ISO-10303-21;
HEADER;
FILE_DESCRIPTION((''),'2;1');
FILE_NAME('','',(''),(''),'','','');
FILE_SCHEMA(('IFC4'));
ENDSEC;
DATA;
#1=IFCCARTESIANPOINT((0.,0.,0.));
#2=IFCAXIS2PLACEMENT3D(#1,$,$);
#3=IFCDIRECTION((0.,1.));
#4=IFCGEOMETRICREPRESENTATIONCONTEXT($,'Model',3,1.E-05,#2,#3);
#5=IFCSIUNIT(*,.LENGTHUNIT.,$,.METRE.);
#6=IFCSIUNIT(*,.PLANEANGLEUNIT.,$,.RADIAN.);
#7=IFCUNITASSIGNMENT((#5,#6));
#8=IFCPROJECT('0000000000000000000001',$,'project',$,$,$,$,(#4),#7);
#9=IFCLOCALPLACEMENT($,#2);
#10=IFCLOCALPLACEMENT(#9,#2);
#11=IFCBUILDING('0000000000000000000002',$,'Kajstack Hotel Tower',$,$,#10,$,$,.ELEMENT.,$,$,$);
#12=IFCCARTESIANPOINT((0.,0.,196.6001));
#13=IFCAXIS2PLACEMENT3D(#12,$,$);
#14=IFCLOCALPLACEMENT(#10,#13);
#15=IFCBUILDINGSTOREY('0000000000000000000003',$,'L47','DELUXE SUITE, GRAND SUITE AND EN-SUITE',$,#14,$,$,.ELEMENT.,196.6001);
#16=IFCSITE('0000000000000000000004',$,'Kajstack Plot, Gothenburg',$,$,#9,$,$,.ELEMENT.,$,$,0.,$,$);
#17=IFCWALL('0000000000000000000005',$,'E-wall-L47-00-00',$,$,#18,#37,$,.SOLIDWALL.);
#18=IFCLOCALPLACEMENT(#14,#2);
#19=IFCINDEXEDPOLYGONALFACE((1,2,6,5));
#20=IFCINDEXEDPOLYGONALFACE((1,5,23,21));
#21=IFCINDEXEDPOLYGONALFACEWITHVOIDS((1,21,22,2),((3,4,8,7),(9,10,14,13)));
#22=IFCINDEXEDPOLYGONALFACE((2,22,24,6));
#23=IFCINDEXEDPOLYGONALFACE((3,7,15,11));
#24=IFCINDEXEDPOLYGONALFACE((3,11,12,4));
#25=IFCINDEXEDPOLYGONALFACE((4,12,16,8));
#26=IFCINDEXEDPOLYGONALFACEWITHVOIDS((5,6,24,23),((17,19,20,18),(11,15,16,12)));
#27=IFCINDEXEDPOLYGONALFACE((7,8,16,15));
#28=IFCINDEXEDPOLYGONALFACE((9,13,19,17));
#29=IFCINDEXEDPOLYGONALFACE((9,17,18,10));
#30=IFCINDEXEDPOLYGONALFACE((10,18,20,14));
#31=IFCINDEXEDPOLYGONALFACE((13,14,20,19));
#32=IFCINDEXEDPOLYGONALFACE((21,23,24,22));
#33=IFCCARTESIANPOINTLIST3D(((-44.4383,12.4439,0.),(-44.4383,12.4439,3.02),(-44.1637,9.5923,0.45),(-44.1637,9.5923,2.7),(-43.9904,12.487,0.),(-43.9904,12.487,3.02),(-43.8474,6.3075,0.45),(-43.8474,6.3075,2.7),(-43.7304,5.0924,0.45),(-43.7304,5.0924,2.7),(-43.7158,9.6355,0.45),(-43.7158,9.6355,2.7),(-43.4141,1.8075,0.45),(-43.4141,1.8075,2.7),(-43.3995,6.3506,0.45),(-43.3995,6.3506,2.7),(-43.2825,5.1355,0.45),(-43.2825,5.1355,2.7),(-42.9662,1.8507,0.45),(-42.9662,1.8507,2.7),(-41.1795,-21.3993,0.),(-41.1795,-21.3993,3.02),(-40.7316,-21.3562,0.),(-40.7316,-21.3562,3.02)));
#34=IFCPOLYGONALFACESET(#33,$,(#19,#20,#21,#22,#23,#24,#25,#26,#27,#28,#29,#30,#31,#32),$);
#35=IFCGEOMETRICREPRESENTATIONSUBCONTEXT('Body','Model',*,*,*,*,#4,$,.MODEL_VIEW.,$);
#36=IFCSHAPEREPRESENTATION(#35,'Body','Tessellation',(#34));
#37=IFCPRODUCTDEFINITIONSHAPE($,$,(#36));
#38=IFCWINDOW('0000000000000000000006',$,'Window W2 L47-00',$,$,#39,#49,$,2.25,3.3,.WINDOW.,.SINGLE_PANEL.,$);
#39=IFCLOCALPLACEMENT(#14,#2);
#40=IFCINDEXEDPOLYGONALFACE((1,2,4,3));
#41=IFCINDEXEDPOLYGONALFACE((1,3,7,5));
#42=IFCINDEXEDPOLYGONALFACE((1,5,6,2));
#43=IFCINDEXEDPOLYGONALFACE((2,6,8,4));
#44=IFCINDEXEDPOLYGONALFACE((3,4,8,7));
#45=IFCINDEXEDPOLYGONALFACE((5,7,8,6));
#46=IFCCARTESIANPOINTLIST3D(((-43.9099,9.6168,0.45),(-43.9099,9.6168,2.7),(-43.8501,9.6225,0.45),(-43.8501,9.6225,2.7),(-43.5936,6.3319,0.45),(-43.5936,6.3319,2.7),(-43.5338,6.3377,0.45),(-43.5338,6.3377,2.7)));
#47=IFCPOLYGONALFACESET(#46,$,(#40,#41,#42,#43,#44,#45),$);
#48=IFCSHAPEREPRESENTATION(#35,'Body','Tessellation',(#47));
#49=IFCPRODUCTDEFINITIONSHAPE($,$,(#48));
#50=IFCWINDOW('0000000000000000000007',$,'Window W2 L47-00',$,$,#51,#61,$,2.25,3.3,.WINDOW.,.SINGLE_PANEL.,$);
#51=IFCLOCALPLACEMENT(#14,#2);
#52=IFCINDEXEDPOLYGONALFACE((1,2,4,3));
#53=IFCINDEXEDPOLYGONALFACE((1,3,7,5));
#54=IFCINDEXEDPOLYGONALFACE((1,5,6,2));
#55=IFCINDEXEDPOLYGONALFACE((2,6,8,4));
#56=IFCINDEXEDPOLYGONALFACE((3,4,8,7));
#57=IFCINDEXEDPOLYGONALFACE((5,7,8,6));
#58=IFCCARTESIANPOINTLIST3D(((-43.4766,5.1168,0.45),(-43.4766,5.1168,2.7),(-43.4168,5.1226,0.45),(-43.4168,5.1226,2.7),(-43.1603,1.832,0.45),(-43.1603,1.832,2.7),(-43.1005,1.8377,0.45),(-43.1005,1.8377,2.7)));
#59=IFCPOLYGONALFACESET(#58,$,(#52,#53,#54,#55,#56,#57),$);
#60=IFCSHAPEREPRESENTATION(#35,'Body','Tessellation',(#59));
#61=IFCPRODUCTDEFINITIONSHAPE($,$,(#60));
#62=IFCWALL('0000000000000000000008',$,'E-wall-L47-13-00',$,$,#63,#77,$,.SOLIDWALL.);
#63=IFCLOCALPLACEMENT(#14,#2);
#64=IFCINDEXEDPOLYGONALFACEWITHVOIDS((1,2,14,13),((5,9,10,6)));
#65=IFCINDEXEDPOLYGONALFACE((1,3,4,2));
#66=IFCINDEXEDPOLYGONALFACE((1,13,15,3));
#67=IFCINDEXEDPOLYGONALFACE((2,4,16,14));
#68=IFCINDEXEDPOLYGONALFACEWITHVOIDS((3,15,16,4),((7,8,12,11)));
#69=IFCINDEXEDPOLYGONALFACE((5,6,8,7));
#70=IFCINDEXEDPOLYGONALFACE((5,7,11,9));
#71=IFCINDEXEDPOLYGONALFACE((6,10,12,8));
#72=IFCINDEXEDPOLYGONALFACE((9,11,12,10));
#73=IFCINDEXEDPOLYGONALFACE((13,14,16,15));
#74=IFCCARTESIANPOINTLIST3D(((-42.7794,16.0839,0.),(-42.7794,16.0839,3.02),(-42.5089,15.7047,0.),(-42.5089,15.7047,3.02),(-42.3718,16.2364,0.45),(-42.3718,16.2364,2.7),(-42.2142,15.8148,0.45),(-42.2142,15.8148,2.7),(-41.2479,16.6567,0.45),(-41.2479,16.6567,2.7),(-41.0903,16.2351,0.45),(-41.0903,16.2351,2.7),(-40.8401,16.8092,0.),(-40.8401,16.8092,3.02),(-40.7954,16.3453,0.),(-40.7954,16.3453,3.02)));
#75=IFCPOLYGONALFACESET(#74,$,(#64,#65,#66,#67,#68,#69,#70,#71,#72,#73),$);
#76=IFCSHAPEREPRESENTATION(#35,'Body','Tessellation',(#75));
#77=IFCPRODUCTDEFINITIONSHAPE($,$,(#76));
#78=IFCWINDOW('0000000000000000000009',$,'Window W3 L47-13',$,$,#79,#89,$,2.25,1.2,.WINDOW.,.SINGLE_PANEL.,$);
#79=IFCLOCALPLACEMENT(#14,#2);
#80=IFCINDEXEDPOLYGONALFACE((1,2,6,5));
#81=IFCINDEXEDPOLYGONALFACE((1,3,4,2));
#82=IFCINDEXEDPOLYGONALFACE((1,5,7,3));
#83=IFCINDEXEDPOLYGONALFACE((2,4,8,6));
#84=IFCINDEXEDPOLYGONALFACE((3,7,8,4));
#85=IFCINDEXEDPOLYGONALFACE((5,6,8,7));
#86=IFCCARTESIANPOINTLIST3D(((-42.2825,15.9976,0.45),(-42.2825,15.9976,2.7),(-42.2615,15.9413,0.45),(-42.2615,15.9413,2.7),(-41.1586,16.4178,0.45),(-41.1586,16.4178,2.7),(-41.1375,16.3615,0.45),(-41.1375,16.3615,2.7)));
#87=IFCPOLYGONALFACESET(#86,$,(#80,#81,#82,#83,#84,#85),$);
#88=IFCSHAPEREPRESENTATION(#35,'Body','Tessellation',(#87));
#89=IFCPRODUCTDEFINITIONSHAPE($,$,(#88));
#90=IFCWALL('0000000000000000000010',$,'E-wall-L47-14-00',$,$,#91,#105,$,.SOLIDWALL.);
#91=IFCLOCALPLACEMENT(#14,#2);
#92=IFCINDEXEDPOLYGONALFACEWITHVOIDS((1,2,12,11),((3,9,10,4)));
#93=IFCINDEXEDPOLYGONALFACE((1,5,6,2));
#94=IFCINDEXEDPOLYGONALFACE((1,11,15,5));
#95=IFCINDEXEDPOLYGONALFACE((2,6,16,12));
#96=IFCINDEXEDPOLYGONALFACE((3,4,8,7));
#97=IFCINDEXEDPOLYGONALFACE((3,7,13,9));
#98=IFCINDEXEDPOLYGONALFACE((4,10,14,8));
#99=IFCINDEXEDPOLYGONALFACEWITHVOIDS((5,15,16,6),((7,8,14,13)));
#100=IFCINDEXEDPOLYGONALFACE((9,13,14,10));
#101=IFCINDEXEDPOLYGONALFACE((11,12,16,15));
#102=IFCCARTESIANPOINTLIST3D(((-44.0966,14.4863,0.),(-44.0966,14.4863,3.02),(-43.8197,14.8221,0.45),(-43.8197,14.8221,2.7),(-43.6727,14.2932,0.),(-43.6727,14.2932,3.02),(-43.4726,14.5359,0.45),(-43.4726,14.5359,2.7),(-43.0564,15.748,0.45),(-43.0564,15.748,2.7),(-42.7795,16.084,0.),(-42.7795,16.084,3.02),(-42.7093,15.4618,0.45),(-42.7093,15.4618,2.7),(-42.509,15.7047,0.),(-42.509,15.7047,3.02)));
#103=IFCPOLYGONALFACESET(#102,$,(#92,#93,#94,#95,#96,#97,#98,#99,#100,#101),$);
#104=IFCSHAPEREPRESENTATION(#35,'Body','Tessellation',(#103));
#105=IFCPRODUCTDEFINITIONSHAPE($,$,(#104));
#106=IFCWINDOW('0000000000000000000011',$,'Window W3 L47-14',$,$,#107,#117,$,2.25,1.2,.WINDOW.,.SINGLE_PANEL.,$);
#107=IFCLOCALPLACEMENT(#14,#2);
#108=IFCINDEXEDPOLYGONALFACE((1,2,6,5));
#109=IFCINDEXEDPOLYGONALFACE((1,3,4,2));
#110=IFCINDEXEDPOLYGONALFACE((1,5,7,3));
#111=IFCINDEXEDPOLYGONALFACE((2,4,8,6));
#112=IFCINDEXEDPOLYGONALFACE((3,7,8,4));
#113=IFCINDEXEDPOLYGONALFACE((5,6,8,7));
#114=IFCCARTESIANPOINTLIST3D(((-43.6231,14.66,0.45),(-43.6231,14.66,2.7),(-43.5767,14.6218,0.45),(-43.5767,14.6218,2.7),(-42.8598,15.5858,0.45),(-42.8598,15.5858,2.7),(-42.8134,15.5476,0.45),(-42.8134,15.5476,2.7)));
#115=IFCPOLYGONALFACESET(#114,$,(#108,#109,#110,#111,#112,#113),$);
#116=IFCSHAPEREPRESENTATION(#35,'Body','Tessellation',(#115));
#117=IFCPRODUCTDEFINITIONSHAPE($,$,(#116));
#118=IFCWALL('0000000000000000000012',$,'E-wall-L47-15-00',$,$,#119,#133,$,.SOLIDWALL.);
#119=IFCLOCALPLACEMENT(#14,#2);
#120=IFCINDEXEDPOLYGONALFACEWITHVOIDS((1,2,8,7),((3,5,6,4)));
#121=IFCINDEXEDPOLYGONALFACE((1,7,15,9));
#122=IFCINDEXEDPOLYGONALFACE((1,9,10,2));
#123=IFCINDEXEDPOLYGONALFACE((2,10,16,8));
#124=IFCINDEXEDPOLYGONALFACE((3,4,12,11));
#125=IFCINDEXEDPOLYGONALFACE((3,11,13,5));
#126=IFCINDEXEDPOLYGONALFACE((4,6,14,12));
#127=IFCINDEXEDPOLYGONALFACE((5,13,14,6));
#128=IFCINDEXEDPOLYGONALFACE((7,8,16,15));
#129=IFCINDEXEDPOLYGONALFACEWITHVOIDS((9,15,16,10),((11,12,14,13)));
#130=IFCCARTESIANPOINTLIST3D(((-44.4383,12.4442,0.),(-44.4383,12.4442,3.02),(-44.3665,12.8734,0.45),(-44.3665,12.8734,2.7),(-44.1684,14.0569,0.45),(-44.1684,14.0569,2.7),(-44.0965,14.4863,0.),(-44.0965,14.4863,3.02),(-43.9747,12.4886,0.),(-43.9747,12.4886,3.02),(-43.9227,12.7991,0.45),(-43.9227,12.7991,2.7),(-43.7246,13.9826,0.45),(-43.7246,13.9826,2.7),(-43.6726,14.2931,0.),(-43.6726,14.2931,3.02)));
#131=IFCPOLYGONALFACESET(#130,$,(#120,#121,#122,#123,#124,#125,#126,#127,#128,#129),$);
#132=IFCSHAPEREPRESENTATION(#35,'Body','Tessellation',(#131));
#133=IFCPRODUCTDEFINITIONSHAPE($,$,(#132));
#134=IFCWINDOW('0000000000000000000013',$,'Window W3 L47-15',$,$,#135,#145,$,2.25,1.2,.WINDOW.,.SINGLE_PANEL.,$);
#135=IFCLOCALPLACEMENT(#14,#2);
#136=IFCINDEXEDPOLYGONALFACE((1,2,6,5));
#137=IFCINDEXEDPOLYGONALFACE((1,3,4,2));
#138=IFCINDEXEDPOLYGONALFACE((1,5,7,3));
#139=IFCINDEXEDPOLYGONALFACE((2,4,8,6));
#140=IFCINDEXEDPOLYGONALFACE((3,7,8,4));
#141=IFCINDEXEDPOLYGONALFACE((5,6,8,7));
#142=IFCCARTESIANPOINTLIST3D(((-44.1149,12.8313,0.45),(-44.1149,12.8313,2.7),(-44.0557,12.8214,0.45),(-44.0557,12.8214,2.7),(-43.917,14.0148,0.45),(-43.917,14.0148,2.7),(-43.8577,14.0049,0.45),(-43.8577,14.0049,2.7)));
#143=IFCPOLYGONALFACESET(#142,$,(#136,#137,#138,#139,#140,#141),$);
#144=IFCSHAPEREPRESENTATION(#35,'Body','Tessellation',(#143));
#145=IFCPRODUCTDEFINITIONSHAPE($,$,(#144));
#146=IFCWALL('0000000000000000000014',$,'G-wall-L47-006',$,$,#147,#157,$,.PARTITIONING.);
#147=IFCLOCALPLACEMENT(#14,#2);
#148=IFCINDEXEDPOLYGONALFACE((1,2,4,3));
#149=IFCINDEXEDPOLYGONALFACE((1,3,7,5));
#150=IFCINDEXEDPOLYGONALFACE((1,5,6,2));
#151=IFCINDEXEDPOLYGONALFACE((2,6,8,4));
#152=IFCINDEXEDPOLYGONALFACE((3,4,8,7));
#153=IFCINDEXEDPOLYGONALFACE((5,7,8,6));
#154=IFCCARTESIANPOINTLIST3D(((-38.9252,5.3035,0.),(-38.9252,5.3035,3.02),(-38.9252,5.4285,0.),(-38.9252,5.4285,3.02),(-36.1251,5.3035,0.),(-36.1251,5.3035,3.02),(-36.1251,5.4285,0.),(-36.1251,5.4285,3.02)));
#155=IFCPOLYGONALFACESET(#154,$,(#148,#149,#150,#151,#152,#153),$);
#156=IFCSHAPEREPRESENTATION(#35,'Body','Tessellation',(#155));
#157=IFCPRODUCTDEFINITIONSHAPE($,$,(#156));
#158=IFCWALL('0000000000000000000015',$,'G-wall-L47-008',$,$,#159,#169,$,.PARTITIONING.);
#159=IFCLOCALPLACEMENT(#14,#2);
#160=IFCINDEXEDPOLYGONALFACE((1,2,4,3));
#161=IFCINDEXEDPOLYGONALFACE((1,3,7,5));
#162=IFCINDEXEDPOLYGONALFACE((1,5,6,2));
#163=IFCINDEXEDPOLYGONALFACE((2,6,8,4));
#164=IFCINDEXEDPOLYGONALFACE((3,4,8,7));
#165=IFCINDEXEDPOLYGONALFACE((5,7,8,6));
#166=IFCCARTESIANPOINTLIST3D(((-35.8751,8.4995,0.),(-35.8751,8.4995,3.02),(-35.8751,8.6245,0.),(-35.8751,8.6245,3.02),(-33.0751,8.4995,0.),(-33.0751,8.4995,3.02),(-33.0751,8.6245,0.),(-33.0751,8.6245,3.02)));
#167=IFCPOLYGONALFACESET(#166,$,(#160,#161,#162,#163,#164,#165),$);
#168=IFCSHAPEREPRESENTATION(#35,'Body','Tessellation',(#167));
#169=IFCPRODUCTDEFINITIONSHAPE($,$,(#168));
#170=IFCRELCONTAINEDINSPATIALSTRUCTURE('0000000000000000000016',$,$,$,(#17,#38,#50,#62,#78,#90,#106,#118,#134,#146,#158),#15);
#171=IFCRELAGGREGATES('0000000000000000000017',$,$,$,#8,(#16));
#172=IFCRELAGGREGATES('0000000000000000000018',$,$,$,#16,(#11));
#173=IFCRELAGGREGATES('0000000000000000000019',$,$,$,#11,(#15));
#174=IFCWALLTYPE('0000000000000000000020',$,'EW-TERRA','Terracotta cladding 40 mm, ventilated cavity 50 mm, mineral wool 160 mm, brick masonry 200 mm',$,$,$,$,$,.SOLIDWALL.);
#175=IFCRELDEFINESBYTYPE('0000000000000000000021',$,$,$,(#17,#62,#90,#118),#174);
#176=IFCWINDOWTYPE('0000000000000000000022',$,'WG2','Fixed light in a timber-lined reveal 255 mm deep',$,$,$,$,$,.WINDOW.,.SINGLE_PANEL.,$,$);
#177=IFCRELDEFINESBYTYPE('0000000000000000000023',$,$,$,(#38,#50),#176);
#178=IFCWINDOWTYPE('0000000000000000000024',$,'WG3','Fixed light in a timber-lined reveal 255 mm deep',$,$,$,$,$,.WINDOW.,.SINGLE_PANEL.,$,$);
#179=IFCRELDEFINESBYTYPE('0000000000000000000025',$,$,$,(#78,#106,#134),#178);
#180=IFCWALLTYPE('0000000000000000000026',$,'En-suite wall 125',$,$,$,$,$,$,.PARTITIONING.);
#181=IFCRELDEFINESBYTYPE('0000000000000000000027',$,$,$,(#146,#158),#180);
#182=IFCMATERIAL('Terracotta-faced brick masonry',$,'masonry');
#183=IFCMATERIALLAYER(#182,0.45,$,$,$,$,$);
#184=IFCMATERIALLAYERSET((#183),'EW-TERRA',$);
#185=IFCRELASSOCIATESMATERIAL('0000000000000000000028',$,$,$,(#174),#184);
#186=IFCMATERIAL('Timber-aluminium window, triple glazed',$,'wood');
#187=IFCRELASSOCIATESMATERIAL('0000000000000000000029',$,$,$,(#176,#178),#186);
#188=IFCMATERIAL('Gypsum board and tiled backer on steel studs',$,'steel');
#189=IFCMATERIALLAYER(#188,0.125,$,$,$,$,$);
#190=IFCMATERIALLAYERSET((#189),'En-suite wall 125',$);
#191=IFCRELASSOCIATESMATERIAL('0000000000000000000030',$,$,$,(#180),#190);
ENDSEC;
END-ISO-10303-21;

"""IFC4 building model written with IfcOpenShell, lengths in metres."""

from ifc_helpers import new_model, si_unit, direction, frame, frame_2d, origin, place, context, subcontext, project, spatial, polyline, rectangle, outline, extrude, material, layer, layer_set, type_object, element, fill, save


model = new_model("IFC4")

# Units and contexts
model_context = context("Model", 3, precision=1e-05, world=origin(), true_north=direction((0.0, 1.0)))
body_context = subcontext(model_context, "Body", "Model", "MODEL_VIEW")
ifc_project = project(units=[si_unit("LENGTHUNIT", "METRE"), si_unit("PLANEANGLEUNIT", "RADIAN")], contexts=[model_context])

# Site, building, storey
site_placement = place(None, origin())
site = spatial("IfcSite", under=ifc_project, at=site_placement, Name="Kajstack Plot, Gothenburg", CompositionType="ELEMENT", RefElevation=0.0)
building_placement = place(site_placement, origin())
building = spatial("IfcBuilding", under=site, at=building_placement, Name="Kajstack Hotel Tower", CompositionType="ELEMENT")
storey_placement = place(building_placement, frame((0.0, 0.0, 196.6001)))
storey = spatial("IfcBuildingStorey", under=building, at=storey_placement, Name="L47", Description="DELUXE SUITE, GRAND SUITE AND EN-SUITE", CompositionType="ELEMENT", Elevation=196.6001)

# Wall, openings, windows
ifc_material_1 = material(Name="Terracotta-faced brick masonry", Category="masonry")
ifc_layer_1 = layer(ifc_material_1, 0.45)
ifc_layer_set_1 = layer_set([ifc_layer_1], Name="EW-TERRA")
wall_type_1 = type_object("IfcWallType", Name="EW-TERRA", Description="Terracotta cladding 40 mm, ventilated cavity 50 mm, mineral wool 160 mm, brick masonry 200 mm", PredefinedType="SOLIDWALL", material=ifc_layer_set_1)
wall_1_placement = place(storey_placement, frame((-44.2144, 12.4656, 0.0), z_axis=(0.0, 0.0, 1.0), x_axis=(0.095847, -0.995396, 0.0)))
wall_1 = element("IfcWall", 1, at=wall_1_placement, inside=storey, type_object=wall_type_1, Name="E-wall-L47-00-00", PredefinedType="SOLIDWALL", context=body_context, shape_type="SweptSolid", body=[
    extrude(rectangle(XDim=33.9998, YDim=0.45, at=frame_2d((17.0, 0.0))), origin(), (0.0, 0.0, 1.0), 3.02),
])
opening_1_placement = place(wall_1_placement, frame((2.865, 0.0, 0.45)))
opening_1 = element("IfcOpeningElement", 2, at=opening_1_placement, cuts=wall_1, PredefinedType="OPENING", context=body_context, shape_type="SweptSolid", body=[
    extrude(rectangle(XDim=3.3, YDim=2.25, at=frame_2d((1.6499, 1.125))), frame((0.0, 0.2349, 0.0), z_axis=(0.0, -1.0, 0.0), x_axis=(1.0, 0.0, 0.0)), (0.0, 0.0, 1.0), 0.47),
])
opening_2_placement = place(wall_1_placement, frame((7.3857, 0.0, 0.45)))
opening_2 = element("IfcOpeningElement", 3, at=opening_2_placement, cuts=wall_1, PredefinedType="OPENING", context=body_context, shape_type="SweptSolid", body=[
    extrude(rectangle(XDim=3.3, YDim=2.25, at=frame_2d((1.6499, 1.125))), frame((0.0, 0.2349, 0.0), z_axis=(0.0, -1.0, 0.0), x_axis=(1.0, 0.0, 0.0)), (0.0, 0.0, 1.0), 0.47),
])
ifc_material_2 = material(Name="Timber-aluminium window, triple glazed", Category="wood")
window_type_1 = type_object("IfcWindowType", Name="WG2", Description="Fixed light in a timber-lined reveal 255 mm deep", PartitioningType="SINGLE_PANEL", PredefinedType="WINDOW", material=ifc_material_2)
window_1_placement = place(opening_1_placement, origin())
window_1 = element("IfcWindow", 4, at=window_1_placement, inside=storey, type_object=window_type_1, Name="Window W2 L47-00", OverallHeight=2.25, OverallWidth=3.3, PartitioningType="SINGLE_PANEL", PredefinedType="WINDOW", context=body_context, shape_type="SweptSolid", body=[
    extrude(rectangle(XDim=3.3, YDim=2.25, at=frame_2d((1.6499, 1.125))), frame((0.0, 0.0901, 0.0), z_axis=(0.0, -1.0, 0.0), x_axis=(1.0, 0.0, 0.0)), (0.0, 0.0, 1.0), 0.0601),
])
fill(opening_1, window_1)
window_2_placement = place(opening_2_placement, origin())
window_2 = element("IfcWindow", 5, at=window_2_placement, inside=storey, type_object=window_type_1, Name="Window W2 L47-00", OverallHeight=2.25, OverallWidth=3.3, PartitioningType="SINGLE_PANEL", PredefinedType="WINDOW", context=body_context, shape_type="SweptSolid", body=[
    extrude(rectangle(XDim=3.3, YDim=2.25, at=frame_2d((1.6499, 1.125))), frame((0.0, 0.0901, 0.0), z_axis=(0.0, -1.0, 0.0), x_axis=(1.0, 0.0, 0.0)), (0.0, 0.0, 1.0), 0.0601),
])
fill(opening_2, window_2)

# Walls, openings, windows
wall_2_placement = place(storey_placement, frame((-40.7612, 16.5984, 0.0), z_axis=(0.0, 0.0, 1.0), x_axis=(-0.936678, -0.350193, 0.0)))
wall_2 = element("IfcWall", 6, at=wall_2_placement, inside=storey, type_object=wall_type_1, Name="E-wall-L47-13-00", PredefinedType="SOLIDWALL", context=body_context, shape_type="SweptSolid", body=[
    extrude(outline(polyline([(0.0, -0.2251), (2.0706, -0.2249), (1.95, 0.2251), (0.1206, 0.2251), (0.0, -0.2251)])), origin(), (0.0, 0.0, 1.0), 3.02),
])
opening_3_placement = place(wall_2_placement, frame((0.4353, 0.0, 0.45)))
opening_3 = element("IfcOpeningElement", 7, at=opening_3_placement, cuts=wall_2, PredefinedType="OPENING", context=body_context, shape_type="SweptSolid", body=[
    extrude(rectangle(XDim=1.2, YDim=2.25, at=frame_2d((0.6001, 1.125))), frame((0.0, 0.2349, 0.0), z_axis=(0.0, -1.0, 0.0), x_axis=(1.0, 0.0, 0.0)), (0.0, 0.0, 1.0), 0.47),
])
window_type_2 = type_object("IfcWindowType", Name="WG3", Description="Fixed light in a timber-lined reveal 255 mm deep", PartitioningType="SINGLE_PANEL", PredefinedType="WINDOW", material=ifc_material_2)
window_3_placement = place(opening_3_placement, origin())
window_3 = element("IfcWindow", 8, at=window_3_placement, inside=storey, type_object=window_type_2, Name="Window W3 L47-13", OverallHeight=2.25, OverallWidth=1.2, PartitioningType="SINGLE_PANEL", PredefinedType="WINDOW", context=body_context, shape_type="SweptSolid", body=[
    extrude(rectangle(XDim=1.2, YDim=2.25, at=frame_2d((0.6001, 1.125))), frame((0.0, 0.0901, 0.0), z_axis=(0.0, -1.0, 0.0), x_axis=(1.0, 0.0, 0.0)), (0.0, 0.0, 1.0), 0.0601),
])
fill(opening_3, window_3)
wall_3_placement = place(storey_placement, frame((-42.606, 15.9409, 0.0), z_axis=(0.0, 0.0, 1.0), x_axis=(-0.636116, -0.771593, 0.0)))
wall_3 = element("IfcWall", 9, at=wall_3_placement, inside=storey, type_object=wall_type_1, Name="E-wall-L47-14-00", PredefinedType="SOLIDWALL", context=body_context, shape_type="SweptSolid", body=[
    extrude(outline(polyline([(0.0, -0.2249), (2.0706, -0.2249), (1.95, 0.2251), (0.1206, 0.2251), (0.0, -0.2249)])), origin(), (0.0, 0.0, 1.0), 3.02),
])
opening_4_placement = place(wall_3_placement, frame((0.4353, 0.0, 0.45)))
opening_4 = element("IfcOpeningElement", 10, at=opening_4_placement, cuts=wall_3, PredefinedType="OPENING", context=body_context, shape_type="SweptSolid", body=[
    extrude(rectangle(XDim=1.2, YDim=2.25, at=frame_2d((0.6001, 1.125))), frame((0.0, 0.2349, 0.0), z_axis=(0.0, -1.0, 0.0), x_axis=(1.0, 0.0, 0.0)), (0.0, 0.0, 1.0), 0.47),
])
window_4_placement = place(opening_4_placement, origin())
window_4 = element("IfcWindow", 11, at=window_4_placement, inside=storey, type_object=window_type_2, Name="Window W3 L47-14", OverallHeight=2.25, OverallWidth=1.2, PartitioningType="SINGLE_PANEL", PredefinedType="WINDOW", context=body_context, shape_type="SweptSolid", body=[
    extrude(rectangle(XDim=1.2, YDim=2.25, at=frame_2d((0.6001, 1.125))), frame((0.0, 0.0901, 0.0), z_axis=(0.0, -1.0, 0.0), x_axis=(1.0, 0.0, 0.0)), (0.0, 0.0, 1.0), 0.0601),
])
fill(opening_4, window_4)
wall_4_placement = place(storey_placement, frame((-43.8748, 14.4492, 0.0), z_axis=(0.0, 0.0, 1.0), x_axis=(-0.164953, -0.986301, 0.0)))
wall_4 = element("IfcWall", 12, at=wall_4_placement, inside=storey, type_object=wall_type_1, Name="E-wall-L47-15-00", PredefinedType="SOLIDWALL", context=body_context, shape_type="SweptSolid", body=[
    extrude(outline(polyline([(0.0, -0.2249), (2.0706, -0.2251), (1.9502, 0.2249), (0.1206, 0.2251), (0.0, -0.2249)])), origin(), (0.0, 0.0, 1.0), 3.02),
])
opening_5_placement = place(wall_4_placement, frame((0.4353, 0.0, 0.45)))
opening_5 = element("IfcOpeningElement", 13, at=opening_5_placement, cuts=wall_4, PredefinedType="OPENING", context=body_context, shape_type="SweptSolid", body=[
    extrude(rectangle(XDim=1.2, YDim=2.25, at=frame_2d((0.6001, 1.125))), frame((0.0, 0.2349, 0.0), z_axis=(0.0, -1.0, 0.0), x_axis=(1.0, 0.0, 0.0)), (0.0, 0.0, 1.0), 0.47),
])
window_5_placement = place(opening_5_placement, origin())
window_5 = element("IfcWindow", 14, at=window_5_placement, inside=storey, type_object=window_type_2, Name="Window W3 L47-15", OverallHeight=2.25, OverallWidth=1.2, PartitioningType="SINGLE_PANEL", PredefinedType="WINDOW", context=body_context, shape_type="SweptSolid", body=[
    extrude(rectangle(XDim=1.2, YDim=2.25, at=frame_2d((0.6001, 1.125))), frame((0.0, 0.0901, 0.0), z_axis=(0.0, -1.0, 0.0), x_axis=(1.0, 0.0, 0.0)), (0.0, 0.0, 1.0), 0.0601),
])
fill(opening_5, window_5)

# Walls
ifc_material_3 = material(Name="Gypsum board and tiled backer on steel studs", Category="steel")
ifc_layer_2 = layer(ifc_material_3, 0.125)
ifc_layer_set_2 = layer_set([ifc_layer_2], Name="En-suite wall 125")
wall_type_2 = type_object("IfcWallType", Name="En-suite wall 125", PredefinedType="PARTITIONING", material=ifc_layer_set_2)
for number, where, z_axis, x_axis, name in (
    (15, (-38.925, 5.366, 0.0), (0.0, 0.0, 1.0), (1.0, 0.0, 0.0), "G-wall-L47-006"),
    (16, (-35.875, 8.562, 0.0), (0.0, 0.0, 1.0), (1.0, 0.0, 0.0), "G-wall-L47-008"),
):
    element("IfcWall", number, at=place(storey_placement, frame(where, z_axis=z_axis, x_axis=x_axis)), inside=storey, type_object=wall_type_2, Name=name, PredefinedType="PARTITIONING", context=body_context, shape_type="SweptSolid", body=[
        extrude(rectangle(XDim=2.8, YDim=0.125, at=frame_2d((1.3999, 0.0))), origin(), (0.0, 0.0, 1.0), 3.02),
    ])

save(model, "model.ifc")
